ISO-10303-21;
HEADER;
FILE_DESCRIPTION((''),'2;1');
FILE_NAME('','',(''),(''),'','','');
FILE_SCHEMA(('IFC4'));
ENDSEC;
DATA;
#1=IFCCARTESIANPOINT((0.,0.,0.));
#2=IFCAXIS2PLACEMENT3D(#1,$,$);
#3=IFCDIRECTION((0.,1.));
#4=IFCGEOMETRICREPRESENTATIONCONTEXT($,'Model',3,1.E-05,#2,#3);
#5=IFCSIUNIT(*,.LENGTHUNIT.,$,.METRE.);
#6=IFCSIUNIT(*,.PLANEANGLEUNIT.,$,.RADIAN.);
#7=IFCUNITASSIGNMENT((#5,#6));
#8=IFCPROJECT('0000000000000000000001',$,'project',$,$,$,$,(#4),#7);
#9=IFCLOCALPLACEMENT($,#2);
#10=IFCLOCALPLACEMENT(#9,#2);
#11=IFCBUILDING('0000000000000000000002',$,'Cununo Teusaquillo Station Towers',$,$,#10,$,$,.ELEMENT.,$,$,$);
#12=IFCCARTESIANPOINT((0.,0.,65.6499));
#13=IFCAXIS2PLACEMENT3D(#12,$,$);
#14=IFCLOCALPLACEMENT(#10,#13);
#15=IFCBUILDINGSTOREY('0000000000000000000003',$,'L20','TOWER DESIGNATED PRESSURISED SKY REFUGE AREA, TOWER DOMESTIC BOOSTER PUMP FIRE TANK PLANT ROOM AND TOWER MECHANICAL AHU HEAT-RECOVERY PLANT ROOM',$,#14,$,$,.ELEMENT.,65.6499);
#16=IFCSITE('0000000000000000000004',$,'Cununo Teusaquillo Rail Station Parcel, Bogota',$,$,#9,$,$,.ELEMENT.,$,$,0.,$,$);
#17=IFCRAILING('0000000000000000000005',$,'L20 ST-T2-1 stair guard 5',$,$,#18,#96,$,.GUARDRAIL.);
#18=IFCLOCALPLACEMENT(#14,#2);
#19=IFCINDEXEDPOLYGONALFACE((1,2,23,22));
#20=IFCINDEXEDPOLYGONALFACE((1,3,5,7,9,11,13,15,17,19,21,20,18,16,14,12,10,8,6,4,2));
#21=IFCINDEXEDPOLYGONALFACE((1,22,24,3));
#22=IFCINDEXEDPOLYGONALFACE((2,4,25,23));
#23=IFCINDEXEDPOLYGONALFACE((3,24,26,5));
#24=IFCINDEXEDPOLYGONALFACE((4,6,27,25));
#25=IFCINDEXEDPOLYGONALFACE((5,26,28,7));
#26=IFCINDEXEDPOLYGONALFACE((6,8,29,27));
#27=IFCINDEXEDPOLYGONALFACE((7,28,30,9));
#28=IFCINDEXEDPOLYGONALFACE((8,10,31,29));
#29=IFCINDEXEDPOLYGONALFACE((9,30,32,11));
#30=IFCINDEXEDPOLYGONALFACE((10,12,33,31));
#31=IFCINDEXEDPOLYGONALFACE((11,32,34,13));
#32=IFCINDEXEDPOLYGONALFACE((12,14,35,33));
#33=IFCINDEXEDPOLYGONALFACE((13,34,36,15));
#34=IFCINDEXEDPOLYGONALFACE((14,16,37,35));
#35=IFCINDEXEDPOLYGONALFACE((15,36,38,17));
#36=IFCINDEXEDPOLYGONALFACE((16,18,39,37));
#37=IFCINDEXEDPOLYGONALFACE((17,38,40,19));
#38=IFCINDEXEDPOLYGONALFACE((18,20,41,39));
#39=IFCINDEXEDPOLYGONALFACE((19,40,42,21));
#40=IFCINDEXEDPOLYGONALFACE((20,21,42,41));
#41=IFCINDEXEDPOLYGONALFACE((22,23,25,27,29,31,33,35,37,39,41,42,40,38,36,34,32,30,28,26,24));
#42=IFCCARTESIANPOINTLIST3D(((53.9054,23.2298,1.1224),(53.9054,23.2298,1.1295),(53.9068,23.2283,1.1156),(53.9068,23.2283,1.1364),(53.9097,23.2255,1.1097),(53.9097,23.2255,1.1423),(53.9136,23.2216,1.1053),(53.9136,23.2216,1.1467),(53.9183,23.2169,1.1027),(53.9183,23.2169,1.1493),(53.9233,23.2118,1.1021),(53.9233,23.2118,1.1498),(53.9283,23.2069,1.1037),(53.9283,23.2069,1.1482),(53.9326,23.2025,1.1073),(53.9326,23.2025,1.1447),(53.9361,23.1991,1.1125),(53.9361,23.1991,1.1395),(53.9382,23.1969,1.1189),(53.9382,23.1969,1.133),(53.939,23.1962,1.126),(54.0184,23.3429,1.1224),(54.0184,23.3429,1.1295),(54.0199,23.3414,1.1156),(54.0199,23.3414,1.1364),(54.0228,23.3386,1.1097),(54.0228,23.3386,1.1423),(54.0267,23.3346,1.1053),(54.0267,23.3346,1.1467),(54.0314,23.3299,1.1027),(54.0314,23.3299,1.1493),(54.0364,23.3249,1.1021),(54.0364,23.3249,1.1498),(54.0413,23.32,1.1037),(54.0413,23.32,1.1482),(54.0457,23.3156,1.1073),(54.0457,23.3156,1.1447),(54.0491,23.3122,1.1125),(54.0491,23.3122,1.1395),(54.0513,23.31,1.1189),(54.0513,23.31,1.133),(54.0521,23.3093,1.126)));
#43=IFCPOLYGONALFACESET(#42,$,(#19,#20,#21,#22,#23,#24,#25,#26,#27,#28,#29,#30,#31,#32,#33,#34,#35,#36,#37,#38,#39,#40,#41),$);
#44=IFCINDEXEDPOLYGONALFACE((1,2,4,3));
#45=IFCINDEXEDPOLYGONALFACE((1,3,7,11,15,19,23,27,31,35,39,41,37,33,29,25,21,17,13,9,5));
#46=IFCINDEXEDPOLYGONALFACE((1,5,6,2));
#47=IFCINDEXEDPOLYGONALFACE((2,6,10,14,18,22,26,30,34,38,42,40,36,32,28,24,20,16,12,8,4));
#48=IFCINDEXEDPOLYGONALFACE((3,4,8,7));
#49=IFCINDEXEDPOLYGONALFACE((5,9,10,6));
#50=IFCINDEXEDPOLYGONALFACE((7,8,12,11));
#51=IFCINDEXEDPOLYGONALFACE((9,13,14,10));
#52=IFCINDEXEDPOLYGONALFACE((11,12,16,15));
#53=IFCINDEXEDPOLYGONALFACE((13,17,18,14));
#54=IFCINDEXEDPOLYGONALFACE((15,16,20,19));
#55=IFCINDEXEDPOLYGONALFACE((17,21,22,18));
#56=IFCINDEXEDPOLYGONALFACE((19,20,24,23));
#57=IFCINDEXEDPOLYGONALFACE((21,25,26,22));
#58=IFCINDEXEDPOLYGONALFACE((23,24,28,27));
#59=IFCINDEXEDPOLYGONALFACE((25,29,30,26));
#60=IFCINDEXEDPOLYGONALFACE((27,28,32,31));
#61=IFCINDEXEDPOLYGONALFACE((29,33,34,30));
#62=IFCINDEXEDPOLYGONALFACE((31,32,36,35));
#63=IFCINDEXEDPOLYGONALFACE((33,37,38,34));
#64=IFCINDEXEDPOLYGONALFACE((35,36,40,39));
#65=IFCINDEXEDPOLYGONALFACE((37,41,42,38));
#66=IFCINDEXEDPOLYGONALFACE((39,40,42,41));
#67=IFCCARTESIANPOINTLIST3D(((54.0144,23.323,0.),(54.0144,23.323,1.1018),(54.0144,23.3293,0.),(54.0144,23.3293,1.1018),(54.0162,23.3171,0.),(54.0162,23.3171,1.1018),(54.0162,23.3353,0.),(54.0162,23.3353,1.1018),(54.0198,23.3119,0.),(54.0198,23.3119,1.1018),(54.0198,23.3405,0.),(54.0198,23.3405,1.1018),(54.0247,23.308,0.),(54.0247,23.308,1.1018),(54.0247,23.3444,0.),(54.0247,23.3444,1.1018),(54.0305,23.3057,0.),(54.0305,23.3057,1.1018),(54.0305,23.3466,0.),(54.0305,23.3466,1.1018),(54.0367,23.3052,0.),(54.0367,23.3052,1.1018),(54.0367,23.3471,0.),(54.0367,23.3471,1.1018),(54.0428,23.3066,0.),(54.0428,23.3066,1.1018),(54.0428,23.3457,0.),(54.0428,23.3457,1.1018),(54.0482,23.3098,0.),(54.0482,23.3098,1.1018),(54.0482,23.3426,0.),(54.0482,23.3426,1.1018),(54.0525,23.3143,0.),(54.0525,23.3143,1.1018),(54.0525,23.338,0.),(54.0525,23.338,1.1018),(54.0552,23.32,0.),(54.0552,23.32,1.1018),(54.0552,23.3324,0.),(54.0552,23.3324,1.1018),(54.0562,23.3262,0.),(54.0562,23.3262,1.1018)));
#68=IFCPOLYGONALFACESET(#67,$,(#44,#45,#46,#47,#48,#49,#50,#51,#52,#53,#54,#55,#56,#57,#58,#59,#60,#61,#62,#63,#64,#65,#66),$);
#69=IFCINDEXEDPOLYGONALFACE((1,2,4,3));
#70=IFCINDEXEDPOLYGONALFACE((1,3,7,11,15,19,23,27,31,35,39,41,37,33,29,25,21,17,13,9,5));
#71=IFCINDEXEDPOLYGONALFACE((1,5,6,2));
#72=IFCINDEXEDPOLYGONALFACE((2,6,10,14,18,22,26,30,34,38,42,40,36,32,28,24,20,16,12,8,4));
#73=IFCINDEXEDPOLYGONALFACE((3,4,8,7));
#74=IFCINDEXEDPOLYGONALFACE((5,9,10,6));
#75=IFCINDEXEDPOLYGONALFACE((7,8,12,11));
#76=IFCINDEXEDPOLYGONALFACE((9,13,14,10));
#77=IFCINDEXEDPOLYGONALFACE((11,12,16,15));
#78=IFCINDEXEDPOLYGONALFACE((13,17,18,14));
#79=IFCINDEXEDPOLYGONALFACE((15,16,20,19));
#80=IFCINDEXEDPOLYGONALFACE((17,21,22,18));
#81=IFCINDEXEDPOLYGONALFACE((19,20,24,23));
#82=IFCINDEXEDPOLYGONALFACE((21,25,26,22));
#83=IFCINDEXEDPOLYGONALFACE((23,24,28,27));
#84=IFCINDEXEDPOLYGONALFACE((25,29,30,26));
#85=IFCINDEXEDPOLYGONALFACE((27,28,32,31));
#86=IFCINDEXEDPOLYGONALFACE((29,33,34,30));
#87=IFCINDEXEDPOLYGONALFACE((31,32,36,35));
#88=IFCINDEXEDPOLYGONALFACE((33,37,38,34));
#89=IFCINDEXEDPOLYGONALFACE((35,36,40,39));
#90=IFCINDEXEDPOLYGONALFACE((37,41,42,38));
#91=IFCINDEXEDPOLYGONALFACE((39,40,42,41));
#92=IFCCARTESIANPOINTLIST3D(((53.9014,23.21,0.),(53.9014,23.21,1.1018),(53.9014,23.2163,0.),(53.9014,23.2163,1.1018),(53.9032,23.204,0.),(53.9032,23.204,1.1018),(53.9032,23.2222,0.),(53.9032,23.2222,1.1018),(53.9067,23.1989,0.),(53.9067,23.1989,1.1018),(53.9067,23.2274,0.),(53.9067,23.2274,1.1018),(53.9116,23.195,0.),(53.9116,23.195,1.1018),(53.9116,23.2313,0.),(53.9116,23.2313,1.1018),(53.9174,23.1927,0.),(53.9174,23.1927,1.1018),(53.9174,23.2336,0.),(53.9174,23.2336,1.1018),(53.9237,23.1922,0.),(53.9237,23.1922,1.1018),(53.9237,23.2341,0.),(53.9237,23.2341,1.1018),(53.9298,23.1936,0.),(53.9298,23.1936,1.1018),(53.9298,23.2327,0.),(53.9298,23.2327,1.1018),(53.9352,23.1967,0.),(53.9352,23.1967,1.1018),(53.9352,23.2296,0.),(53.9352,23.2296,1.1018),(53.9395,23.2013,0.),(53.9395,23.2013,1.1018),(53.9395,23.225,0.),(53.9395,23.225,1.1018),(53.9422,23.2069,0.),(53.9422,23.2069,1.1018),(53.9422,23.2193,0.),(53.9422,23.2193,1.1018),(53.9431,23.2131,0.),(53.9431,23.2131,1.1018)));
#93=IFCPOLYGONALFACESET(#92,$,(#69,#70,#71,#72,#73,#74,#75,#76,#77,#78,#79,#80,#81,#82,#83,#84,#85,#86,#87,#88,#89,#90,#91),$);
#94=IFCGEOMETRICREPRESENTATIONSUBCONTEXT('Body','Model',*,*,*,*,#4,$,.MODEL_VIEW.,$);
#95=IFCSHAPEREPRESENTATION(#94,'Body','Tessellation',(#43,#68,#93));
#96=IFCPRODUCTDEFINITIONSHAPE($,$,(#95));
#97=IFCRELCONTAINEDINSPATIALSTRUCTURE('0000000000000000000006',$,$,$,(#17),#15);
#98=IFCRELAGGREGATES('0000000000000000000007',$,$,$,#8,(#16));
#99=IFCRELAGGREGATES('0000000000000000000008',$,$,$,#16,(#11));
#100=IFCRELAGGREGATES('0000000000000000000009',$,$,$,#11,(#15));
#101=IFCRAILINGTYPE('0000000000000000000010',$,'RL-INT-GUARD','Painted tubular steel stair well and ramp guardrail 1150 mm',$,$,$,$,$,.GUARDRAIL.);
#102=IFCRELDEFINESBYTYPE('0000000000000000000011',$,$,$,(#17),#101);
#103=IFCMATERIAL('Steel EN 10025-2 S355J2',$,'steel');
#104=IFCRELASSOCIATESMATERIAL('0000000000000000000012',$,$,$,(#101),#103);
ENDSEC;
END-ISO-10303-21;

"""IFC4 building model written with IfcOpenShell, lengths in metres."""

from ifc_helpers import new_model, si_unit, direction, frame, origin, origin_2d, place, context, subcontext, project, spatial, circle, extrude, material, type_object, element, save


model = new_model("IFC4")

# Units and contexts
model_context = context("Model", 3, precision=1e-05, world=origin(), true_north=direction((0.0, 1.0)))
body_context = subcontext(model_context, "Body", "Model", "MODEL_VIEW")
ifc_project = project(units=[si_unit("LENGTHUNIT", "METRE"), si_unit("PLANEANGLEUNIT", "RADIAN")], contexts=[model_context])

# Site, building, storey
site_placement = place(None, origin())
site = spatial("IfcSite", under=ifc_project, at=site_placement, Name="Cununo Teusaquillo Rail Station Parcel, Bogota", CompositionType="ELEMENT", RefElevation=0.0)
building_placement = place(site_placement, origin())
building = spatial("IfcBuilding", under=site, at=building_placement, Name="Cununo Teusaquillo Station Towers", CompositionType="ELEMENT")
storey_placement = place(building_placement, frame((0.0, 0.0, 65.6499)))
storey = spatial("IfcBuildingStorey", under=building, at=storey_placement, Name="L20", Description="TOWER DESIGNATED PRESSURISED SKY REFUGE AREA, TOWER DOMESTIC BOOSTER PUMP FIRE TANK PLANT ROOM AND TOWER MECHANICAL AHU HEAT-RECOVERY PLANT ROOM", CompositionType="ELEMENT", Elevation=65.6499)

# Railing
ifc_material_1 = material(Name="Steel EN 10025-2 S355J2", Category="steel")
railing_type_1 = type_object("IfcRailingType", Name="RL-INT-GUARD", Description="Painted tubular steel stair well and ramp guardrail 1150 mm", PredefinedType="GUARDRAIL", material=ifc_material_1)
railing_1_placement = place(storey_placement, frame((54.0352, 23.3262, 0.0)))
element("IfcRailing", 1, at=railing_1_placement, inside=storey, type_object=railing_type_1, Name="L20 ST-T2-1 stair guard 5", PredefinedType="GUARDRAIL", context=body_context, shape_type="SweptSolid", body=[
    extrude(circle(Radius=0.0239, at=origin_2d()), frame((0.0, 0.0, 1.126), z_axis=(-0.707107, -0.707107, 0.0), x_axis=(0.707107, -0.707107, 0.0)), (0.0, 0.0, 1.0), 0.1599),
    extrude(circle(Radius=0.021, at=origin_2d()), origin(), (0.0, 0.0, 1.0), 1.1018),
    extrude(circle(Radius=0.021, at=origin_2d()), frame((-0.113, -0.113, 0.0)), (0.0, 0.0, 1.0), 1.1018),
])

save(model, "model.ifc")
